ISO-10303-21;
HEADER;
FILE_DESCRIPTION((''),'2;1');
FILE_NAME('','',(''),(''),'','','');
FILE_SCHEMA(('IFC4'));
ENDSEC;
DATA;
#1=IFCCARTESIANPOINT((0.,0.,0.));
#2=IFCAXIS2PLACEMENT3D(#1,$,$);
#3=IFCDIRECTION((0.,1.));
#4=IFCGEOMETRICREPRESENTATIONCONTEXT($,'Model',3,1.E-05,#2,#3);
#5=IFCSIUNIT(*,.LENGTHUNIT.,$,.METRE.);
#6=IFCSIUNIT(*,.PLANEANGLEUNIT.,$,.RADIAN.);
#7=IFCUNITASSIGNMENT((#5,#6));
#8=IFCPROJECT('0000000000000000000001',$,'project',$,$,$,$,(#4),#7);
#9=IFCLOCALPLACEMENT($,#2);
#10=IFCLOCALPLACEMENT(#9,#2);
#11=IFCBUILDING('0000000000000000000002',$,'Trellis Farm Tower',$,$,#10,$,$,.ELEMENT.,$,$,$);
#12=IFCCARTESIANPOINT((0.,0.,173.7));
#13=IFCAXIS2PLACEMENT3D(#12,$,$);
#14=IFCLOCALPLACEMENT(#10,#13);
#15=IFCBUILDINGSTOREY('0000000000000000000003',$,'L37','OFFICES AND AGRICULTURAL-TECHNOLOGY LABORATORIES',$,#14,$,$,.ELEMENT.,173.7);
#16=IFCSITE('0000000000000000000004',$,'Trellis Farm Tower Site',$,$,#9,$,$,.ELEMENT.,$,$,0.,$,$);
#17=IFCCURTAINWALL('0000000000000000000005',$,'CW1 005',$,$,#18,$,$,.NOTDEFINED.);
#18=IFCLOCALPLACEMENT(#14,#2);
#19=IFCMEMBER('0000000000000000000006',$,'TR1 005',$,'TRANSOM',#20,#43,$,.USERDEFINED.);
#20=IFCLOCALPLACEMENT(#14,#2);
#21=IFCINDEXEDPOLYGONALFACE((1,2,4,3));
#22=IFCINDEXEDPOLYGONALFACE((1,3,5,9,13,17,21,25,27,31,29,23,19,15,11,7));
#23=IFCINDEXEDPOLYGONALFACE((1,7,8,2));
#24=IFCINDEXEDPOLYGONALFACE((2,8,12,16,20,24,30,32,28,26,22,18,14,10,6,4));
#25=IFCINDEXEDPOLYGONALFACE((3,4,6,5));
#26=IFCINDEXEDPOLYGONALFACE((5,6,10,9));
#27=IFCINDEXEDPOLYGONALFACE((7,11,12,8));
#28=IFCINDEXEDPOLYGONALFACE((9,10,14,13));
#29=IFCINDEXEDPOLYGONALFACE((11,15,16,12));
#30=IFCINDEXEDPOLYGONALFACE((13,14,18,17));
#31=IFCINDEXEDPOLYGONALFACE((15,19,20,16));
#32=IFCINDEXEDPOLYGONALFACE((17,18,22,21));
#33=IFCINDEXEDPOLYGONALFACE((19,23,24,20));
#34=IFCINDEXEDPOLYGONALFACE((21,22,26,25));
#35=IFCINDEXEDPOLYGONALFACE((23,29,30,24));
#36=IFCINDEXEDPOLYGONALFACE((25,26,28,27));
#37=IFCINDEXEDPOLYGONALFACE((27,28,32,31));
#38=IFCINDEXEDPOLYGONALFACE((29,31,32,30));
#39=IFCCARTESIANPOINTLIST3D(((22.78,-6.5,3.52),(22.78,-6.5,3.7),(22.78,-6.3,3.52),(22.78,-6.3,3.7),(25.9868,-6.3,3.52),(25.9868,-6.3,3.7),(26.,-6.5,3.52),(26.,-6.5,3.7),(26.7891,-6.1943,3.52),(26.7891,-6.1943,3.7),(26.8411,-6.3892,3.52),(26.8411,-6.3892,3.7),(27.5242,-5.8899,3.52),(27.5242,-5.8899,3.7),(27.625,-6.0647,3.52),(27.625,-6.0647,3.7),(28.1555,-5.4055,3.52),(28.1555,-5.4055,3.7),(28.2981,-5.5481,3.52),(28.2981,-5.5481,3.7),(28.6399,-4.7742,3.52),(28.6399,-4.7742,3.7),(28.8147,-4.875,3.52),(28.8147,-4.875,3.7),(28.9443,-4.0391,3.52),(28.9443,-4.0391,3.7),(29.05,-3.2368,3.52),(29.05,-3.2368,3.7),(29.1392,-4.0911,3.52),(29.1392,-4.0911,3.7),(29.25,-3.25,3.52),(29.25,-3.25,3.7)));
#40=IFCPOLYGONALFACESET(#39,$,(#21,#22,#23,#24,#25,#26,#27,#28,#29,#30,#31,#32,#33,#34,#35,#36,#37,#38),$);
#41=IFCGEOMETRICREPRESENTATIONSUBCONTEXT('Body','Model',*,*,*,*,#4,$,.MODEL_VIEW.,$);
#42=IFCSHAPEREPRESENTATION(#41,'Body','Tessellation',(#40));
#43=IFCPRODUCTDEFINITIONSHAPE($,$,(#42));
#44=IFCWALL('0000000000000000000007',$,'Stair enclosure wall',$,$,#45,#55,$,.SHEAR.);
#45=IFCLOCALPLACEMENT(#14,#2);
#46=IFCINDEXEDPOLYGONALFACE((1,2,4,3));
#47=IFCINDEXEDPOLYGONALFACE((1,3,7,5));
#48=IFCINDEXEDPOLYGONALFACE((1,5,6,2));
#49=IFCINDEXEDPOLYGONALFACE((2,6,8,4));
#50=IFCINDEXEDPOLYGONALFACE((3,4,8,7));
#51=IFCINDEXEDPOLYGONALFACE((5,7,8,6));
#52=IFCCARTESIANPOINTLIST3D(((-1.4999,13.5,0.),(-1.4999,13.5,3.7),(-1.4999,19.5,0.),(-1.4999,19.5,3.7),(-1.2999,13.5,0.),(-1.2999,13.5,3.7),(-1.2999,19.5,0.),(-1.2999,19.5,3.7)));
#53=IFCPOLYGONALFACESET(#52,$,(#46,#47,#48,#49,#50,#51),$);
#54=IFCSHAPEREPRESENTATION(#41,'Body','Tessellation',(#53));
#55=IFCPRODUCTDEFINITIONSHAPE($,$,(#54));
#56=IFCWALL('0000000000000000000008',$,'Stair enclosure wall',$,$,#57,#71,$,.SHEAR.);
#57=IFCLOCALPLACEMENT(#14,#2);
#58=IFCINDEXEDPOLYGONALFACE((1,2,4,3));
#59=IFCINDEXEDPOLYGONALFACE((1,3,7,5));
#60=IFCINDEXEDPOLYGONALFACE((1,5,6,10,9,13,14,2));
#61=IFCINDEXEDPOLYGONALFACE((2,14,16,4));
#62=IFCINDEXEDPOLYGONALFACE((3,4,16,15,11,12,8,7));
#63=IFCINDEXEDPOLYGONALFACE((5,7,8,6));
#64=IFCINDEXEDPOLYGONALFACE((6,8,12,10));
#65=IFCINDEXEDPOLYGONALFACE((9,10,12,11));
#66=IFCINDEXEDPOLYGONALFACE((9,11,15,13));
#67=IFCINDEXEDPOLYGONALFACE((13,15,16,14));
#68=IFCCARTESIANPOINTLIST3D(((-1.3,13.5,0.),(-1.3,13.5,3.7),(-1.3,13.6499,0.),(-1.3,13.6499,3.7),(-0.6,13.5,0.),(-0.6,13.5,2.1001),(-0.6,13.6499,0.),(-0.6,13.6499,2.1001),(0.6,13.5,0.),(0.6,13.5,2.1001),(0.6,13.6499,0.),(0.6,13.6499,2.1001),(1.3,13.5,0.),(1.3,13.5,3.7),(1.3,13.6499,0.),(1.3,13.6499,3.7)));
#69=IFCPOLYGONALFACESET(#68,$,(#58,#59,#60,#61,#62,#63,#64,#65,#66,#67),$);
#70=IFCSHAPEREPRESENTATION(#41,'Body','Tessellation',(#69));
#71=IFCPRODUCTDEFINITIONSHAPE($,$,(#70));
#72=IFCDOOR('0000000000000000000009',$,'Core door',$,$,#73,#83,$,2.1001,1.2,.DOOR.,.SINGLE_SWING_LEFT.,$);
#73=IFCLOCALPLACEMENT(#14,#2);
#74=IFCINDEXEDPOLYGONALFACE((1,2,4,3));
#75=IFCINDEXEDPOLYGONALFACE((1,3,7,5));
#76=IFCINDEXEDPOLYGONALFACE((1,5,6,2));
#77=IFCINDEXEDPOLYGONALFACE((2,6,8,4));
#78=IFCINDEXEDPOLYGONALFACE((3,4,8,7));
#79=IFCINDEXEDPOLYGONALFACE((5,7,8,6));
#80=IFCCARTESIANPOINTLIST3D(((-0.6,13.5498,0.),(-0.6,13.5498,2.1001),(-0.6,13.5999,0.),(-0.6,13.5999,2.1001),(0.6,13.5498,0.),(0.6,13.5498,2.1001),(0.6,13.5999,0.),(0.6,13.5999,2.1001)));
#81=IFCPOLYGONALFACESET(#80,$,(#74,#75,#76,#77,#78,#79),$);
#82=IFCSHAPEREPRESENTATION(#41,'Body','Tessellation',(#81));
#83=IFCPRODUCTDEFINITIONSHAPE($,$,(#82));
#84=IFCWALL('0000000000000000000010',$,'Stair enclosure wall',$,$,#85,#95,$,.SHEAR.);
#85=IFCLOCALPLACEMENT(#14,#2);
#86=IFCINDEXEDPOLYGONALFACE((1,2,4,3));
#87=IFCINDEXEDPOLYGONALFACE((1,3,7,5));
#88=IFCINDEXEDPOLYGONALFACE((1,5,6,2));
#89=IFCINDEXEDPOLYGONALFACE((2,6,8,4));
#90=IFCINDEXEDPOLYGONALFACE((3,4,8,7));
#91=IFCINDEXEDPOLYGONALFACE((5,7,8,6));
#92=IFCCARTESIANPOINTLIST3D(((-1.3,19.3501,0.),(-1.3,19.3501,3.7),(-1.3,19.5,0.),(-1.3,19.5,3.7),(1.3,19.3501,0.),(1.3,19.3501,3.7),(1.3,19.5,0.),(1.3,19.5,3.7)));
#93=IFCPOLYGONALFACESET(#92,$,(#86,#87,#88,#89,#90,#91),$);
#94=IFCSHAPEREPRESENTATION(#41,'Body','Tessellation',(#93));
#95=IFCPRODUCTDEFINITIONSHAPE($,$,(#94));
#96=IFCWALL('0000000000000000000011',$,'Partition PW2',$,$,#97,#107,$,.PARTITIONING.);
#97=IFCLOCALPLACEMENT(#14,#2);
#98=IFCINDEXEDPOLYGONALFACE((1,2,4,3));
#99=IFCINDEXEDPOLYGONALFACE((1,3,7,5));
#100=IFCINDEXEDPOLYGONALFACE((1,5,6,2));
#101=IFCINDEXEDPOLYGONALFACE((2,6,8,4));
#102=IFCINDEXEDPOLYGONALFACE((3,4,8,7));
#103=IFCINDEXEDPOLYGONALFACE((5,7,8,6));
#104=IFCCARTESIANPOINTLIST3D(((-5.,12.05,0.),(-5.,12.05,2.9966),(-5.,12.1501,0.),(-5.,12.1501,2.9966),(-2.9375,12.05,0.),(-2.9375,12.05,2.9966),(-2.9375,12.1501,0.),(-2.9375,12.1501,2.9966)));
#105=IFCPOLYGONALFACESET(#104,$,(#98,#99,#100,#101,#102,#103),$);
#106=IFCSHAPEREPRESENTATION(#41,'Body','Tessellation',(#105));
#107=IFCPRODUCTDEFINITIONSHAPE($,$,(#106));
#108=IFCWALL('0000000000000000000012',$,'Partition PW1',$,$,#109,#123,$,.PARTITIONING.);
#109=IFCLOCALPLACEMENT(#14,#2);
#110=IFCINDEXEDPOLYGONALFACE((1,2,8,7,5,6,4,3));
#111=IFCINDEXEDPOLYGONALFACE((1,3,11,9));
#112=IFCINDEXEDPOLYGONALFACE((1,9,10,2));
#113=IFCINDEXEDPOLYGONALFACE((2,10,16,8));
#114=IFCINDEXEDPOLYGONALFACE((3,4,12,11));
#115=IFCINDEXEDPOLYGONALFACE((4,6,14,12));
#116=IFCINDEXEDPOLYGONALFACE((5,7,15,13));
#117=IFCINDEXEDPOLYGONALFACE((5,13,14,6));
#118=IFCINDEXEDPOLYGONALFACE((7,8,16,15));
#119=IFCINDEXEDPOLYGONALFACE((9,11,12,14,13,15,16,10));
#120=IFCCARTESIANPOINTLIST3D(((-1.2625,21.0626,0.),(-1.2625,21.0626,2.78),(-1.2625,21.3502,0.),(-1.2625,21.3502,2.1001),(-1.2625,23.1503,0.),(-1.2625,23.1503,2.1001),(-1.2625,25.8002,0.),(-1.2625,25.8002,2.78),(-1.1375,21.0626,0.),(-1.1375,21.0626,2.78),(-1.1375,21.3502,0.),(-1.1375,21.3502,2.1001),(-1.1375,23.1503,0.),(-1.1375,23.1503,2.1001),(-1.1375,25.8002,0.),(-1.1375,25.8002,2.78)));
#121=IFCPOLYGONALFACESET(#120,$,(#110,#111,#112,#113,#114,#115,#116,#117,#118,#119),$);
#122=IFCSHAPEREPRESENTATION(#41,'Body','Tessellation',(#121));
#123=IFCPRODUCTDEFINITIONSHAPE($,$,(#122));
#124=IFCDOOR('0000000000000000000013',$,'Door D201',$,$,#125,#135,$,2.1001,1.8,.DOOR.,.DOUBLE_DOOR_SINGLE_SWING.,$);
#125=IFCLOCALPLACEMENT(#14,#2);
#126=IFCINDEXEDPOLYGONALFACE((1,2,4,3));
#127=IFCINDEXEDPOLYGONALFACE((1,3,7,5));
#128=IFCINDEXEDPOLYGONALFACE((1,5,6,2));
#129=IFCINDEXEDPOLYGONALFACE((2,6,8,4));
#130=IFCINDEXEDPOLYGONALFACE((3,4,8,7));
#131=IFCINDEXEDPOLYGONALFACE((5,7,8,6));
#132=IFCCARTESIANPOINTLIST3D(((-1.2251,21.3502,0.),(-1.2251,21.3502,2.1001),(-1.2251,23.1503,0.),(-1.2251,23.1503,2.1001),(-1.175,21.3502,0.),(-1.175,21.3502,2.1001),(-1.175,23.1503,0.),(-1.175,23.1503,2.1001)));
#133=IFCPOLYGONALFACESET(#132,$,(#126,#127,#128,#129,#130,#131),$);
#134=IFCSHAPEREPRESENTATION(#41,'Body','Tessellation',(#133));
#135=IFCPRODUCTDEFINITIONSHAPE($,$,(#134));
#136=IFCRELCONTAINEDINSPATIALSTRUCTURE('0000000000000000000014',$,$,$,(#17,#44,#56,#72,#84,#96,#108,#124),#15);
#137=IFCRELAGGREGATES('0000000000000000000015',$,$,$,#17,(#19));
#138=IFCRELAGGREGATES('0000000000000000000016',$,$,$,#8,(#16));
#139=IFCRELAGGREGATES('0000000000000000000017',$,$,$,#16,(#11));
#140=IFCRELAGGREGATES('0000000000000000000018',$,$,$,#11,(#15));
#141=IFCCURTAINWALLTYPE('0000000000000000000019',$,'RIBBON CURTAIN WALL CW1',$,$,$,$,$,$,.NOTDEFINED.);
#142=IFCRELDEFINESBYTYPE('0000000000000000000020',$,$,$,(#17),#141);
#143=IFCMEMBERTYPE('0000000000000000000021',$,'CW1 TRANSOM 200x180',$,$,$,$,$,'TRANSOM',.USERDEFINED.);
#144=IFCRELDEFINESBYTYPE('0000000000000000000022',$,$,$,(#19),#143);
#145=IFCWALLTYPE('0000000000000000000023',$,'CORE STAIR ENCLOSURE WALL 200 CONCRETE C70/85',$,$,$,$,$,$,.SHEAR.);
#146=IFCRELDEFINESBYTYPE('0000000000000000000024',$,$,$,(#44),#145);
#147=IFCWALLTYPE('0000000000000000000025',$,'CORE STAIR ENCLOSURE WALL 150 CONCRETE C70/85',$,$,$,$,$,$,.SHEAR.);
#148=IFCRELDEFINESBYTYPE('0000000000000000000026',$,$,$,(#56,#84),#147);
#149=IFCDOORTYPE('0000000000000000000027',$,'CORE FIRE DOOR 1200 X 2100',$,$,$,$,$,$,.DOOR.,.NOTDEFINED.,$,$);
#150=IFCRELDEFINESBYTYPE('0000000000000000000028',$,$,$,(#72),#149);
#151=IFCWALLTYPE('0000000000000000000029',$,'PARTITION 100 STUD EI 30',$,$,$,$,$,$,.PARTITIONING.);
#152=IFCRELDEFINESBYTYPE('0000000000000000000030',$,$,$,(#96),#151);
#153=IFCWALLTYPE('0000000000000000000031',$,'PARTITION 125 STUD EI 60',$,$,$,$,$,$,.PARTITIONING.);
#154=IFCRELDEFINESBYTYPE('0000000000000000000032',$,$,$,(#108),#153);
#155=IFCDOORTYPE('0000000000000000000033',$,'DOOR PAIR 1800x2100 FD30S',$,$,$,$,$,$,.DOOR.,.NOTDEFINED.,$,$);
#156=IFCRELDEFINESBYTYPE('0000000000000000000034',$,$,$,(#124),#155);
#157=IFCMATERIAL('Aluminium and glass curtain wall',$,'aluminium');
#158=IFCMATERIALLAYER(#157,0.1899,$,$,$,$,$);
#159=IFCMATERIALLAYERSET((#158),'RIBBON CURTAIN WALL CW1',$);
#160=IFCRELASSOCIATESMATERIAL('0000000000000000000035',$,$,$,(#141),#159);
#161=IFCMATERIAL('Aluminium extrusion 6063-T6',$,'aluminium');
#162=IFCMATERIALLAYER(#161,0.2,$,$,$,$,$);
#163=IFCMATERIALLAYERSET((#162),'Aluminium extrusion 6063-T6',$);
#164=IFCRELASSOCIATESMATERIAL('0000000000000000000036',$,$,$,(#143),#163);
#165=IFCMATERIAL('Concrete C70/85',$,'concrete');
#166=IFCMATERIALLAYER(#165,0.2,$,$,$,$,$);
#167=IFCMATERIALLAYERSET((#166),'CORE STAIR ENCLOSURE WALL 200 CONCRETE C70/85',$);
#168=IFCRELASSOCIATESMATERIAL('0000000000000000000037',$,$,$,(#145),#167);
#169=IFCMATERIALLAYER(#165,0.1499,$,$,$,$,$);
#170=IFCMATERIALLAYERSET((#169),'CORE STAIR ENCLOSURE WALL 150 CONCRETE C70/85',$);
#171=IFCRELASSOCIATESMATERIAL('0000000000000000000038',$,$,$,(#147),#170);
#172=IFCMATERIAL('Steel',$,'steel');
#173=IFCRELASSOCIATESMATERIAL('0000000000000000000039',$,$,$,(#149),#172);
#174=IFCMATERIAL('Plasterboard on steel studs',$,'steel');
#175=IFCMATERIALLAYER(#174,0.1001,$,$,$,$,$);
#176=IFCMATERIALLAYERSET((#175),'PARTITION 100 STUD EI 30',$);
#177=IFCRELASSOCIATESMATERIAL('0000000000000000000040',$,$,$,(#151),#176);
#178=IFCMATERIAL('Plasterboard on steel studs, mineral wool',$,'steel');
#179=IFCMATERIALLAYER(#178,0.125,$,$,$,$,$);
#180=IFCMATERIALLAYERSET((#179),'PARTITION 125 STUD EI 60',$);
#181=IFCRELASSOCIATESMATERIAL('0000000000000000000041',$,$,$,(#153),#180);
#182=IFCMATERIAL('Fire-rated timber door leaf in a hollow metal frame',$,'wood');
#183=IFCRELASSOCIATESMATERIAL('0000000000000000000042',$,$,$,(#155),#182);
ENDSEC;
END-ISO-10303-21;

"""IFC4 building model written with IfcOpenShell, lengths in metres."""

from ifc_helpers import new_model, si_unit, direction, frame, frame_2d, origin, place, context, subcontext, project, spatial, polyline, rectangle, outline, extrude, source, transform, mapped, material, layer, layer_set, type_object, element, fill, aggregate, save


model = new_model("IFC4")

# Units and contexts
model_context = context("Model", 3, precision=1e-05, world=origin(), true_north=direction((0.0, 1.0)))
body_context = subcontext(model_context, "Body", "Model", "MODEL_VIEW")
ifc_project = project(units=[si_unit("LENGTHUNIT", "METRE"), si_unit("PLANEANGLEUNIT", "RADIAN")], contexts=[model_context])

# Site, building, storey
site_placement = place(None, origin())
site = spatial("IfcSite", under=ifc_project, at=site_placement, Name="Trellis Farm Tower Site", CompositionType="ELEMENT", RefElevation=0.0)
building_placement = place(site_placement, origin())
building = spatial("IfcBuilding", under=site, at=building_placement, Name="Trellis Farm Tower", CompositionType="ELEMENT")
storey_placement = place(building_placement, frame((0.0, 0.0, 173.7)))
storey = spatial("IfcBuildingStorey", under=building, at=storey_placement, Name="L37", Description="OFFICES AND AGRICULTURAL-TECHNOLOGY LABORATORIES", CompositionType="ELEMENT", Elevation=173.7)

# Shared definitions
ifc_material_1 = material(Name="Concrete C70/85", Category="concrete")

# Curtain wall, member
ifc_material_2 = material(Name="Aluminium and glass curtain wall", Category="aluminium")
ifc_layer_1 = layer(ifc_material_2, 0.1899)
ifc_layer_set_1 = layer_set([ifc_layer_1], Name="RIBBON CURTAIN WALL CW1")
curtain_wall_type = type_object("IfcCurtainWallType", Name="RIBBON CURTAIN WALL CW1", PredefinedType="NOTDEFINED", material=ifc_layer_set_1)
placement = place(storey_placement, origin())
curtain_wall = element("IfcCurtainWall", 1, at=placement, inside=storey, type_object=curtain_wall_type, Name="CW1 005", PredefinedType="NOTDEFINED")
ifc_material_3 = material(Name="Aluminium extrusion 6063-T6", Category="aluminium")
ifc_layer_2 = layer(ifc_material_3, 0.2)
ifc_layer_set_2 = layer_set([ifc_layer_2], Name="Aluminium extrusion 6063-T6")
member_type = type_object("IfcMemberType", Name="CW1 TRANSOM 200x180", ElementType="TRANSOM", PredefinedType="USERDEFINED", material=ifc_layer_set_2)
shared_shape_1 = source(origin(), body_context, "Body", "SweptSolid", [
    extrude(outline(polyline([(22.78, -6.5), (26.0, -6.5), (26.8411, -6.3892), (27.625, -6.0647), (28.2981, -5.5481), (28.8147, -4.875), (29.1392, -4.0911), (29.25, -3.25), (29.05, -3.2368), (28.9443, -4.0391), (28.6399, -4.7742), (28.1555, -5.4055), (27.5242, -5.8899), (26.7891, -6.1943), (25.9868, -6.3), (22.78, -6.3), (22.78, -6.5)])), origin(), (0.0, 0.0, 1.0), 0.1799),
])
member_placement = place(storey_placement, frame((0.0, 0.0, 3.52)))
member = element("IfcMember", 2, at=member_placement, type_object=member_type, Name="TR1 005", ObjectType="TRANSOM", PredefinedType="USERDEFINED", context=body_context, shape_type="MappedRepresentation", body=[
    mapped(shared_shape_1, transform((0.0, 0.0, 0.0))),
])
aggregate(curtain_wall, [member])

# Wall
ifc_layer_3 = layer(ifc_material_1, 0.2)
ifc_layer_set_3 = layer_set([ifc_layer_3], Name="CORE STAIR ENCLOSURE WALL 200 CONCRETE C70/85")
wall_type_1 = type_object("IfcWallType", Name="CORE STAIR ENCLOSURE WALL 200 CONCRETE C70/85", PredefinedType="SHEAR", material=ifc_layer_set_3)
shared_shape_2 = source(origin(), body_context, "Body", "SweptSolid", [
    extrude(rectangle(XDim=6.0, YDim=0.2, at=frame_2d((3.0, 0.0))), origin(), (0.0, 0.0, 1.0), 3.7),
])
wall_1_placement = place(storey_placement, frame((-1.3999, 13.5, 0.0), z_axis=(0.0, 0.0, 1.0), x_axis=(0.0, 1.0, 0.0)))
element("IfcWall", 3, at=wall_1_placement, inside=storey, type_object=wall_type_1, Name="Stair enclosure wall", PredefinedType="SHEAR", context=body_context, shape_type="MappedRepresentation", body=[
    mapped(shared_shape_2, transform((0.0, 0.0, 0.0))),
])

# Wall, opening, door
ifc_layer_4 = layer(ifc_material_1, 0.1499)
ifc_layer_set_4 = layer_set([ifc_layer_4], Name="CORE STAIR ENCLOSURE WALL 150 CONCRETE C70/85")
wall_type_2 = type_object("IfcWallType", Name="CORE STAIR ENCLOSURE WALL 150 CONCRETE C70/85", PredefinedType="SHEAR", material=ifc_layer_set_4)
shared_shape_3 = source(origin(), body_context, "Body", "SweptSolid", [
    extrude(rectangle(XDim=2.6001, YDim=0.1499, at=frame_2d((1.3, 0.0))), origin(), (0.0, 0.0, 1.0), 3.7),
])
wall_2_placement = place(storey_placement, frame((-1.3, 13.575, 0.0), z_axis=(0.0, 0.0, 1.0), x_axis=(1.0, 0.0, 0.0)))
wall_2 = element("IfcWall", 4, at=wall_2_placement, inside=storey, type_object=wall_type_2, Name="Stair enclosure wall", PredefinedType="SHEAR", context=body_context, shape_type="MappedRepresentation", body=[
    mapped(shared_shape_3, transform((0.0, 0.0, 0.0))),
])
shared_shape_4 = source(origin(), body_context, "Body", "SweptSolid", [
    extrude(rectangle(XDim=1.2, YDim=2.1001, at=frame_2d((0.6001, 1.05))), frame((0.0, 0.085, 0.0), z_axis=(0.0, -1.0, 0.0), x_axis=(1.0, 0.0, 0.0)), (0.0, 0.0, 1.0), 0.1699),
])
opening_1_placement = place(wall_2_placement, frame((0.7, 0.0, 0.0)))
opening_1 = element("IfcOpeningElement", 5, at=opening_1_placement, cuts=wall_2, PredefinedType="OPENING", context=body_context, shape_type="MappedRepresentation", body=[
    mapped(shared_shape_4, transform((0.0, 0.0, 0.0))),
])
ifc_material_4 = material(Name="Steel", Category="steel")
door_type_1 = type_object("IfcDoorType", Name="CORE FIRE DOOR 1200 X 2100", OperationType="NOTDEFINED", PredefinedType="DOOR", material=ifc_material_4)
shared_shape_5 = source(origin(), body_context, "Body", "SweptSolid", [
    extrude(rectangle(XDim=1.2, YDim=2.1001, at=frame_2d((0.6001, 1.05))), frame((0.0, 0.0249, 0.0), z_axis=(0.0, -1.0, 0.0), x_axis=(1.0, 0.0, 0.0)), (0.0, 0.0, 1.0), 0.05),
])
door_1_placement = place(opening_1_placement, origin())
door_1 = element("IfcDoor", 6, at=door_1_placement, inside=storey, type_object=door_type_1, Name="Core door", OperationType="SINGLE_SWING_LEFT", OverallHeight=2.1001, OverallWidth=1.2, PredefinedType="DOOR", context=body_context, shape_type="MappedRepresentation", body=[
    mapped(shared_shape_5, transform((0.0, 0.0, 0.0))),
])
fill(opening_1, door_1)

# Walls
wall_3_placement = place(storey_placement, frame((-1.3, 19.425, 0.0), z_axis=(0.0, 0.0, 1.0), x_axis=(1.0, 0.0, 0.0)))
element("IfcWall", 7, at=wall_3_placement, inside=storey, type_object=wall_type_2, Name="Stair enclosure wall", PredefinedType="SHEAR", context=body_context, shape_type="MappedRepresentation", body=[
    mapped(shared_shape_3, transform((0.0, 0.0, 0.0))),
])
ifc_material_5 = material(Name="Plasterboard on steel studs", Category="steel")
ifc_layer_5 = layer(ifc_material_5, 0.1001)
ifc_layer_set_5 = layer_set([ifc_layer_5], Name="PARTITION 100 STUD EI 30")
wall_type_3 = type_object("IfcWallType", Name="PARTITION 100 STUD EI 30", PredefinedType="PARTITIONING", material=ifc_layer_set_5)
shared_shape_6 = source(origin(), body_context, "Body", "SweptSolid", [
    extrude(rectangle(XDim=2.0625, YDim=0.1001, at=frame_2d((1.0312, 0.0))), origin(), (0.0, 0.0, 1.0), 2.9966),
])
wall_4_placement = place(storey_placement, frame((-5.0, 12.1001, 0.0), z_axis=(0.0, 0.0, 1.0), x_axis=(1.0, 0.0, 0.0)))
element("IfcWall", 8, at=wall_4_placement, inside=storey, type_object=wall_type_3, Name="Partition PW2", PredefinedType="PARTITIONING", context=body_context, shape_type="MappedRepresentation", body=[
    mapped(shared_shape_6, transform((0.0, 0.0, 0.0))),
])

# Wall, opening, door
ifc_material_6 = material(Name="Plasterboard on steel studs, mineral wool", Category="steel")
ifc_layer_6 = layer(ifc_material_6, 0.125)
ifc_layer_set_6 = layer_set([ifc_layer_6], Name="PARTITION 125 STUD EI 60")
wall_type_4 = type_object("IfcWallType", Name="PARTITION 125 STUD EI 60", PredefinedType="PARTITIONING", material=ifc_layer_set_6)
shared_shape_7 = source(origin(), body_context, "Body", "SweptSolid", [
    extrude(rectangle(XDim=4.7375, YDim=0.125, at=frame_2d((2.3687, 0.0))), origin(), (0.0, 0.0, 1.0), 2.78),
])
wall_5_placement = place(storey_placement, frame((-1.2, 25.8, 0.0), z_axis=(0.0, 0.0, 1.0), x_axis=(0.0, -1.0, 0.0)))
wall_5 = element("IfcWall", 9, at=wall_5_placement, inside=storey, type_object=wall_type_4, Name="Partition PW1", PredefinedType="PARTITIONING", context=body_context, shape_type="MappedRepresentation", body=[
    mapped(shared_shape_7, transform((0.0, 0.0, 0.0))),
])
shared_shape_8 = source(origin(), body_context, "Body", "SweptSolid", [
    extrude(rectangle(XDim=1.8, YDim=2.1001, at=frame_2d((0.8999, 1.05))), frame((0.0, 0.0725, 0.0), z_axis=(0.0, -1.0, 0.0), x_axis=(1.0, 0.0, 0.0)), (0.0, 0.0, 1.0), 0.145),
])
opening_2_placement = place(wall_5_placement, frame((2.6499, 0.0, 0.0)))
opening_2 = element("IfcOpeningElement", 10, at=opening_2_placement, cuts=wall_5, PredefinedType="OPENING", context=body_context, shape_type="MappedRepresentation", body=[
    mapped(shared_shape_8, transform((0.0, 0.0, 0.0))),
])
ifc_material_7 = material(Name="Fire-rated timber door leaf in a hollow metal frame", Category="wood")
door_type_2 = type_object("IfcDoorType", Name="DOOR PAIR 1800x2100 FD30S", OperationType="NOTDEFINED", PredefinedType="DOOR", material=ifc_material_7)
shared_shape_9 = source(origin(), body_context, "Body", "SweptSolid", [
    extrude(rectangle(XDim=1.8, YDim=2.1001, at=frame_2d((0.8999, 1.05))), frame((0.0, 0.0249, 0.0), z_axis=(0.0, -1.0, 0.0), x_axis=(1.0, 0.0, 0.0)), (0.0, 0.0, 1.0), 0.05),
])
door_2_placement = place(opening_2_placement, origin())
door_2 = element("IfcDoor", 11, at=door_2_placement, inside=storey, type_object=door_type_2, Name="Door D201", OperationType="DOUBLE_DOOR_SINGLE_SWING", OverallHeight=2.1001, OverallWidth=1.8, PredefinedType="DOOR", context=body_context, shape_type="MappedRepresentation", body=[
    mapped(shared_shape_9, transform((0.0, 0.0, 0.0))),
])
fill(opening_2, door_2)

save(model, "model.ifc")
